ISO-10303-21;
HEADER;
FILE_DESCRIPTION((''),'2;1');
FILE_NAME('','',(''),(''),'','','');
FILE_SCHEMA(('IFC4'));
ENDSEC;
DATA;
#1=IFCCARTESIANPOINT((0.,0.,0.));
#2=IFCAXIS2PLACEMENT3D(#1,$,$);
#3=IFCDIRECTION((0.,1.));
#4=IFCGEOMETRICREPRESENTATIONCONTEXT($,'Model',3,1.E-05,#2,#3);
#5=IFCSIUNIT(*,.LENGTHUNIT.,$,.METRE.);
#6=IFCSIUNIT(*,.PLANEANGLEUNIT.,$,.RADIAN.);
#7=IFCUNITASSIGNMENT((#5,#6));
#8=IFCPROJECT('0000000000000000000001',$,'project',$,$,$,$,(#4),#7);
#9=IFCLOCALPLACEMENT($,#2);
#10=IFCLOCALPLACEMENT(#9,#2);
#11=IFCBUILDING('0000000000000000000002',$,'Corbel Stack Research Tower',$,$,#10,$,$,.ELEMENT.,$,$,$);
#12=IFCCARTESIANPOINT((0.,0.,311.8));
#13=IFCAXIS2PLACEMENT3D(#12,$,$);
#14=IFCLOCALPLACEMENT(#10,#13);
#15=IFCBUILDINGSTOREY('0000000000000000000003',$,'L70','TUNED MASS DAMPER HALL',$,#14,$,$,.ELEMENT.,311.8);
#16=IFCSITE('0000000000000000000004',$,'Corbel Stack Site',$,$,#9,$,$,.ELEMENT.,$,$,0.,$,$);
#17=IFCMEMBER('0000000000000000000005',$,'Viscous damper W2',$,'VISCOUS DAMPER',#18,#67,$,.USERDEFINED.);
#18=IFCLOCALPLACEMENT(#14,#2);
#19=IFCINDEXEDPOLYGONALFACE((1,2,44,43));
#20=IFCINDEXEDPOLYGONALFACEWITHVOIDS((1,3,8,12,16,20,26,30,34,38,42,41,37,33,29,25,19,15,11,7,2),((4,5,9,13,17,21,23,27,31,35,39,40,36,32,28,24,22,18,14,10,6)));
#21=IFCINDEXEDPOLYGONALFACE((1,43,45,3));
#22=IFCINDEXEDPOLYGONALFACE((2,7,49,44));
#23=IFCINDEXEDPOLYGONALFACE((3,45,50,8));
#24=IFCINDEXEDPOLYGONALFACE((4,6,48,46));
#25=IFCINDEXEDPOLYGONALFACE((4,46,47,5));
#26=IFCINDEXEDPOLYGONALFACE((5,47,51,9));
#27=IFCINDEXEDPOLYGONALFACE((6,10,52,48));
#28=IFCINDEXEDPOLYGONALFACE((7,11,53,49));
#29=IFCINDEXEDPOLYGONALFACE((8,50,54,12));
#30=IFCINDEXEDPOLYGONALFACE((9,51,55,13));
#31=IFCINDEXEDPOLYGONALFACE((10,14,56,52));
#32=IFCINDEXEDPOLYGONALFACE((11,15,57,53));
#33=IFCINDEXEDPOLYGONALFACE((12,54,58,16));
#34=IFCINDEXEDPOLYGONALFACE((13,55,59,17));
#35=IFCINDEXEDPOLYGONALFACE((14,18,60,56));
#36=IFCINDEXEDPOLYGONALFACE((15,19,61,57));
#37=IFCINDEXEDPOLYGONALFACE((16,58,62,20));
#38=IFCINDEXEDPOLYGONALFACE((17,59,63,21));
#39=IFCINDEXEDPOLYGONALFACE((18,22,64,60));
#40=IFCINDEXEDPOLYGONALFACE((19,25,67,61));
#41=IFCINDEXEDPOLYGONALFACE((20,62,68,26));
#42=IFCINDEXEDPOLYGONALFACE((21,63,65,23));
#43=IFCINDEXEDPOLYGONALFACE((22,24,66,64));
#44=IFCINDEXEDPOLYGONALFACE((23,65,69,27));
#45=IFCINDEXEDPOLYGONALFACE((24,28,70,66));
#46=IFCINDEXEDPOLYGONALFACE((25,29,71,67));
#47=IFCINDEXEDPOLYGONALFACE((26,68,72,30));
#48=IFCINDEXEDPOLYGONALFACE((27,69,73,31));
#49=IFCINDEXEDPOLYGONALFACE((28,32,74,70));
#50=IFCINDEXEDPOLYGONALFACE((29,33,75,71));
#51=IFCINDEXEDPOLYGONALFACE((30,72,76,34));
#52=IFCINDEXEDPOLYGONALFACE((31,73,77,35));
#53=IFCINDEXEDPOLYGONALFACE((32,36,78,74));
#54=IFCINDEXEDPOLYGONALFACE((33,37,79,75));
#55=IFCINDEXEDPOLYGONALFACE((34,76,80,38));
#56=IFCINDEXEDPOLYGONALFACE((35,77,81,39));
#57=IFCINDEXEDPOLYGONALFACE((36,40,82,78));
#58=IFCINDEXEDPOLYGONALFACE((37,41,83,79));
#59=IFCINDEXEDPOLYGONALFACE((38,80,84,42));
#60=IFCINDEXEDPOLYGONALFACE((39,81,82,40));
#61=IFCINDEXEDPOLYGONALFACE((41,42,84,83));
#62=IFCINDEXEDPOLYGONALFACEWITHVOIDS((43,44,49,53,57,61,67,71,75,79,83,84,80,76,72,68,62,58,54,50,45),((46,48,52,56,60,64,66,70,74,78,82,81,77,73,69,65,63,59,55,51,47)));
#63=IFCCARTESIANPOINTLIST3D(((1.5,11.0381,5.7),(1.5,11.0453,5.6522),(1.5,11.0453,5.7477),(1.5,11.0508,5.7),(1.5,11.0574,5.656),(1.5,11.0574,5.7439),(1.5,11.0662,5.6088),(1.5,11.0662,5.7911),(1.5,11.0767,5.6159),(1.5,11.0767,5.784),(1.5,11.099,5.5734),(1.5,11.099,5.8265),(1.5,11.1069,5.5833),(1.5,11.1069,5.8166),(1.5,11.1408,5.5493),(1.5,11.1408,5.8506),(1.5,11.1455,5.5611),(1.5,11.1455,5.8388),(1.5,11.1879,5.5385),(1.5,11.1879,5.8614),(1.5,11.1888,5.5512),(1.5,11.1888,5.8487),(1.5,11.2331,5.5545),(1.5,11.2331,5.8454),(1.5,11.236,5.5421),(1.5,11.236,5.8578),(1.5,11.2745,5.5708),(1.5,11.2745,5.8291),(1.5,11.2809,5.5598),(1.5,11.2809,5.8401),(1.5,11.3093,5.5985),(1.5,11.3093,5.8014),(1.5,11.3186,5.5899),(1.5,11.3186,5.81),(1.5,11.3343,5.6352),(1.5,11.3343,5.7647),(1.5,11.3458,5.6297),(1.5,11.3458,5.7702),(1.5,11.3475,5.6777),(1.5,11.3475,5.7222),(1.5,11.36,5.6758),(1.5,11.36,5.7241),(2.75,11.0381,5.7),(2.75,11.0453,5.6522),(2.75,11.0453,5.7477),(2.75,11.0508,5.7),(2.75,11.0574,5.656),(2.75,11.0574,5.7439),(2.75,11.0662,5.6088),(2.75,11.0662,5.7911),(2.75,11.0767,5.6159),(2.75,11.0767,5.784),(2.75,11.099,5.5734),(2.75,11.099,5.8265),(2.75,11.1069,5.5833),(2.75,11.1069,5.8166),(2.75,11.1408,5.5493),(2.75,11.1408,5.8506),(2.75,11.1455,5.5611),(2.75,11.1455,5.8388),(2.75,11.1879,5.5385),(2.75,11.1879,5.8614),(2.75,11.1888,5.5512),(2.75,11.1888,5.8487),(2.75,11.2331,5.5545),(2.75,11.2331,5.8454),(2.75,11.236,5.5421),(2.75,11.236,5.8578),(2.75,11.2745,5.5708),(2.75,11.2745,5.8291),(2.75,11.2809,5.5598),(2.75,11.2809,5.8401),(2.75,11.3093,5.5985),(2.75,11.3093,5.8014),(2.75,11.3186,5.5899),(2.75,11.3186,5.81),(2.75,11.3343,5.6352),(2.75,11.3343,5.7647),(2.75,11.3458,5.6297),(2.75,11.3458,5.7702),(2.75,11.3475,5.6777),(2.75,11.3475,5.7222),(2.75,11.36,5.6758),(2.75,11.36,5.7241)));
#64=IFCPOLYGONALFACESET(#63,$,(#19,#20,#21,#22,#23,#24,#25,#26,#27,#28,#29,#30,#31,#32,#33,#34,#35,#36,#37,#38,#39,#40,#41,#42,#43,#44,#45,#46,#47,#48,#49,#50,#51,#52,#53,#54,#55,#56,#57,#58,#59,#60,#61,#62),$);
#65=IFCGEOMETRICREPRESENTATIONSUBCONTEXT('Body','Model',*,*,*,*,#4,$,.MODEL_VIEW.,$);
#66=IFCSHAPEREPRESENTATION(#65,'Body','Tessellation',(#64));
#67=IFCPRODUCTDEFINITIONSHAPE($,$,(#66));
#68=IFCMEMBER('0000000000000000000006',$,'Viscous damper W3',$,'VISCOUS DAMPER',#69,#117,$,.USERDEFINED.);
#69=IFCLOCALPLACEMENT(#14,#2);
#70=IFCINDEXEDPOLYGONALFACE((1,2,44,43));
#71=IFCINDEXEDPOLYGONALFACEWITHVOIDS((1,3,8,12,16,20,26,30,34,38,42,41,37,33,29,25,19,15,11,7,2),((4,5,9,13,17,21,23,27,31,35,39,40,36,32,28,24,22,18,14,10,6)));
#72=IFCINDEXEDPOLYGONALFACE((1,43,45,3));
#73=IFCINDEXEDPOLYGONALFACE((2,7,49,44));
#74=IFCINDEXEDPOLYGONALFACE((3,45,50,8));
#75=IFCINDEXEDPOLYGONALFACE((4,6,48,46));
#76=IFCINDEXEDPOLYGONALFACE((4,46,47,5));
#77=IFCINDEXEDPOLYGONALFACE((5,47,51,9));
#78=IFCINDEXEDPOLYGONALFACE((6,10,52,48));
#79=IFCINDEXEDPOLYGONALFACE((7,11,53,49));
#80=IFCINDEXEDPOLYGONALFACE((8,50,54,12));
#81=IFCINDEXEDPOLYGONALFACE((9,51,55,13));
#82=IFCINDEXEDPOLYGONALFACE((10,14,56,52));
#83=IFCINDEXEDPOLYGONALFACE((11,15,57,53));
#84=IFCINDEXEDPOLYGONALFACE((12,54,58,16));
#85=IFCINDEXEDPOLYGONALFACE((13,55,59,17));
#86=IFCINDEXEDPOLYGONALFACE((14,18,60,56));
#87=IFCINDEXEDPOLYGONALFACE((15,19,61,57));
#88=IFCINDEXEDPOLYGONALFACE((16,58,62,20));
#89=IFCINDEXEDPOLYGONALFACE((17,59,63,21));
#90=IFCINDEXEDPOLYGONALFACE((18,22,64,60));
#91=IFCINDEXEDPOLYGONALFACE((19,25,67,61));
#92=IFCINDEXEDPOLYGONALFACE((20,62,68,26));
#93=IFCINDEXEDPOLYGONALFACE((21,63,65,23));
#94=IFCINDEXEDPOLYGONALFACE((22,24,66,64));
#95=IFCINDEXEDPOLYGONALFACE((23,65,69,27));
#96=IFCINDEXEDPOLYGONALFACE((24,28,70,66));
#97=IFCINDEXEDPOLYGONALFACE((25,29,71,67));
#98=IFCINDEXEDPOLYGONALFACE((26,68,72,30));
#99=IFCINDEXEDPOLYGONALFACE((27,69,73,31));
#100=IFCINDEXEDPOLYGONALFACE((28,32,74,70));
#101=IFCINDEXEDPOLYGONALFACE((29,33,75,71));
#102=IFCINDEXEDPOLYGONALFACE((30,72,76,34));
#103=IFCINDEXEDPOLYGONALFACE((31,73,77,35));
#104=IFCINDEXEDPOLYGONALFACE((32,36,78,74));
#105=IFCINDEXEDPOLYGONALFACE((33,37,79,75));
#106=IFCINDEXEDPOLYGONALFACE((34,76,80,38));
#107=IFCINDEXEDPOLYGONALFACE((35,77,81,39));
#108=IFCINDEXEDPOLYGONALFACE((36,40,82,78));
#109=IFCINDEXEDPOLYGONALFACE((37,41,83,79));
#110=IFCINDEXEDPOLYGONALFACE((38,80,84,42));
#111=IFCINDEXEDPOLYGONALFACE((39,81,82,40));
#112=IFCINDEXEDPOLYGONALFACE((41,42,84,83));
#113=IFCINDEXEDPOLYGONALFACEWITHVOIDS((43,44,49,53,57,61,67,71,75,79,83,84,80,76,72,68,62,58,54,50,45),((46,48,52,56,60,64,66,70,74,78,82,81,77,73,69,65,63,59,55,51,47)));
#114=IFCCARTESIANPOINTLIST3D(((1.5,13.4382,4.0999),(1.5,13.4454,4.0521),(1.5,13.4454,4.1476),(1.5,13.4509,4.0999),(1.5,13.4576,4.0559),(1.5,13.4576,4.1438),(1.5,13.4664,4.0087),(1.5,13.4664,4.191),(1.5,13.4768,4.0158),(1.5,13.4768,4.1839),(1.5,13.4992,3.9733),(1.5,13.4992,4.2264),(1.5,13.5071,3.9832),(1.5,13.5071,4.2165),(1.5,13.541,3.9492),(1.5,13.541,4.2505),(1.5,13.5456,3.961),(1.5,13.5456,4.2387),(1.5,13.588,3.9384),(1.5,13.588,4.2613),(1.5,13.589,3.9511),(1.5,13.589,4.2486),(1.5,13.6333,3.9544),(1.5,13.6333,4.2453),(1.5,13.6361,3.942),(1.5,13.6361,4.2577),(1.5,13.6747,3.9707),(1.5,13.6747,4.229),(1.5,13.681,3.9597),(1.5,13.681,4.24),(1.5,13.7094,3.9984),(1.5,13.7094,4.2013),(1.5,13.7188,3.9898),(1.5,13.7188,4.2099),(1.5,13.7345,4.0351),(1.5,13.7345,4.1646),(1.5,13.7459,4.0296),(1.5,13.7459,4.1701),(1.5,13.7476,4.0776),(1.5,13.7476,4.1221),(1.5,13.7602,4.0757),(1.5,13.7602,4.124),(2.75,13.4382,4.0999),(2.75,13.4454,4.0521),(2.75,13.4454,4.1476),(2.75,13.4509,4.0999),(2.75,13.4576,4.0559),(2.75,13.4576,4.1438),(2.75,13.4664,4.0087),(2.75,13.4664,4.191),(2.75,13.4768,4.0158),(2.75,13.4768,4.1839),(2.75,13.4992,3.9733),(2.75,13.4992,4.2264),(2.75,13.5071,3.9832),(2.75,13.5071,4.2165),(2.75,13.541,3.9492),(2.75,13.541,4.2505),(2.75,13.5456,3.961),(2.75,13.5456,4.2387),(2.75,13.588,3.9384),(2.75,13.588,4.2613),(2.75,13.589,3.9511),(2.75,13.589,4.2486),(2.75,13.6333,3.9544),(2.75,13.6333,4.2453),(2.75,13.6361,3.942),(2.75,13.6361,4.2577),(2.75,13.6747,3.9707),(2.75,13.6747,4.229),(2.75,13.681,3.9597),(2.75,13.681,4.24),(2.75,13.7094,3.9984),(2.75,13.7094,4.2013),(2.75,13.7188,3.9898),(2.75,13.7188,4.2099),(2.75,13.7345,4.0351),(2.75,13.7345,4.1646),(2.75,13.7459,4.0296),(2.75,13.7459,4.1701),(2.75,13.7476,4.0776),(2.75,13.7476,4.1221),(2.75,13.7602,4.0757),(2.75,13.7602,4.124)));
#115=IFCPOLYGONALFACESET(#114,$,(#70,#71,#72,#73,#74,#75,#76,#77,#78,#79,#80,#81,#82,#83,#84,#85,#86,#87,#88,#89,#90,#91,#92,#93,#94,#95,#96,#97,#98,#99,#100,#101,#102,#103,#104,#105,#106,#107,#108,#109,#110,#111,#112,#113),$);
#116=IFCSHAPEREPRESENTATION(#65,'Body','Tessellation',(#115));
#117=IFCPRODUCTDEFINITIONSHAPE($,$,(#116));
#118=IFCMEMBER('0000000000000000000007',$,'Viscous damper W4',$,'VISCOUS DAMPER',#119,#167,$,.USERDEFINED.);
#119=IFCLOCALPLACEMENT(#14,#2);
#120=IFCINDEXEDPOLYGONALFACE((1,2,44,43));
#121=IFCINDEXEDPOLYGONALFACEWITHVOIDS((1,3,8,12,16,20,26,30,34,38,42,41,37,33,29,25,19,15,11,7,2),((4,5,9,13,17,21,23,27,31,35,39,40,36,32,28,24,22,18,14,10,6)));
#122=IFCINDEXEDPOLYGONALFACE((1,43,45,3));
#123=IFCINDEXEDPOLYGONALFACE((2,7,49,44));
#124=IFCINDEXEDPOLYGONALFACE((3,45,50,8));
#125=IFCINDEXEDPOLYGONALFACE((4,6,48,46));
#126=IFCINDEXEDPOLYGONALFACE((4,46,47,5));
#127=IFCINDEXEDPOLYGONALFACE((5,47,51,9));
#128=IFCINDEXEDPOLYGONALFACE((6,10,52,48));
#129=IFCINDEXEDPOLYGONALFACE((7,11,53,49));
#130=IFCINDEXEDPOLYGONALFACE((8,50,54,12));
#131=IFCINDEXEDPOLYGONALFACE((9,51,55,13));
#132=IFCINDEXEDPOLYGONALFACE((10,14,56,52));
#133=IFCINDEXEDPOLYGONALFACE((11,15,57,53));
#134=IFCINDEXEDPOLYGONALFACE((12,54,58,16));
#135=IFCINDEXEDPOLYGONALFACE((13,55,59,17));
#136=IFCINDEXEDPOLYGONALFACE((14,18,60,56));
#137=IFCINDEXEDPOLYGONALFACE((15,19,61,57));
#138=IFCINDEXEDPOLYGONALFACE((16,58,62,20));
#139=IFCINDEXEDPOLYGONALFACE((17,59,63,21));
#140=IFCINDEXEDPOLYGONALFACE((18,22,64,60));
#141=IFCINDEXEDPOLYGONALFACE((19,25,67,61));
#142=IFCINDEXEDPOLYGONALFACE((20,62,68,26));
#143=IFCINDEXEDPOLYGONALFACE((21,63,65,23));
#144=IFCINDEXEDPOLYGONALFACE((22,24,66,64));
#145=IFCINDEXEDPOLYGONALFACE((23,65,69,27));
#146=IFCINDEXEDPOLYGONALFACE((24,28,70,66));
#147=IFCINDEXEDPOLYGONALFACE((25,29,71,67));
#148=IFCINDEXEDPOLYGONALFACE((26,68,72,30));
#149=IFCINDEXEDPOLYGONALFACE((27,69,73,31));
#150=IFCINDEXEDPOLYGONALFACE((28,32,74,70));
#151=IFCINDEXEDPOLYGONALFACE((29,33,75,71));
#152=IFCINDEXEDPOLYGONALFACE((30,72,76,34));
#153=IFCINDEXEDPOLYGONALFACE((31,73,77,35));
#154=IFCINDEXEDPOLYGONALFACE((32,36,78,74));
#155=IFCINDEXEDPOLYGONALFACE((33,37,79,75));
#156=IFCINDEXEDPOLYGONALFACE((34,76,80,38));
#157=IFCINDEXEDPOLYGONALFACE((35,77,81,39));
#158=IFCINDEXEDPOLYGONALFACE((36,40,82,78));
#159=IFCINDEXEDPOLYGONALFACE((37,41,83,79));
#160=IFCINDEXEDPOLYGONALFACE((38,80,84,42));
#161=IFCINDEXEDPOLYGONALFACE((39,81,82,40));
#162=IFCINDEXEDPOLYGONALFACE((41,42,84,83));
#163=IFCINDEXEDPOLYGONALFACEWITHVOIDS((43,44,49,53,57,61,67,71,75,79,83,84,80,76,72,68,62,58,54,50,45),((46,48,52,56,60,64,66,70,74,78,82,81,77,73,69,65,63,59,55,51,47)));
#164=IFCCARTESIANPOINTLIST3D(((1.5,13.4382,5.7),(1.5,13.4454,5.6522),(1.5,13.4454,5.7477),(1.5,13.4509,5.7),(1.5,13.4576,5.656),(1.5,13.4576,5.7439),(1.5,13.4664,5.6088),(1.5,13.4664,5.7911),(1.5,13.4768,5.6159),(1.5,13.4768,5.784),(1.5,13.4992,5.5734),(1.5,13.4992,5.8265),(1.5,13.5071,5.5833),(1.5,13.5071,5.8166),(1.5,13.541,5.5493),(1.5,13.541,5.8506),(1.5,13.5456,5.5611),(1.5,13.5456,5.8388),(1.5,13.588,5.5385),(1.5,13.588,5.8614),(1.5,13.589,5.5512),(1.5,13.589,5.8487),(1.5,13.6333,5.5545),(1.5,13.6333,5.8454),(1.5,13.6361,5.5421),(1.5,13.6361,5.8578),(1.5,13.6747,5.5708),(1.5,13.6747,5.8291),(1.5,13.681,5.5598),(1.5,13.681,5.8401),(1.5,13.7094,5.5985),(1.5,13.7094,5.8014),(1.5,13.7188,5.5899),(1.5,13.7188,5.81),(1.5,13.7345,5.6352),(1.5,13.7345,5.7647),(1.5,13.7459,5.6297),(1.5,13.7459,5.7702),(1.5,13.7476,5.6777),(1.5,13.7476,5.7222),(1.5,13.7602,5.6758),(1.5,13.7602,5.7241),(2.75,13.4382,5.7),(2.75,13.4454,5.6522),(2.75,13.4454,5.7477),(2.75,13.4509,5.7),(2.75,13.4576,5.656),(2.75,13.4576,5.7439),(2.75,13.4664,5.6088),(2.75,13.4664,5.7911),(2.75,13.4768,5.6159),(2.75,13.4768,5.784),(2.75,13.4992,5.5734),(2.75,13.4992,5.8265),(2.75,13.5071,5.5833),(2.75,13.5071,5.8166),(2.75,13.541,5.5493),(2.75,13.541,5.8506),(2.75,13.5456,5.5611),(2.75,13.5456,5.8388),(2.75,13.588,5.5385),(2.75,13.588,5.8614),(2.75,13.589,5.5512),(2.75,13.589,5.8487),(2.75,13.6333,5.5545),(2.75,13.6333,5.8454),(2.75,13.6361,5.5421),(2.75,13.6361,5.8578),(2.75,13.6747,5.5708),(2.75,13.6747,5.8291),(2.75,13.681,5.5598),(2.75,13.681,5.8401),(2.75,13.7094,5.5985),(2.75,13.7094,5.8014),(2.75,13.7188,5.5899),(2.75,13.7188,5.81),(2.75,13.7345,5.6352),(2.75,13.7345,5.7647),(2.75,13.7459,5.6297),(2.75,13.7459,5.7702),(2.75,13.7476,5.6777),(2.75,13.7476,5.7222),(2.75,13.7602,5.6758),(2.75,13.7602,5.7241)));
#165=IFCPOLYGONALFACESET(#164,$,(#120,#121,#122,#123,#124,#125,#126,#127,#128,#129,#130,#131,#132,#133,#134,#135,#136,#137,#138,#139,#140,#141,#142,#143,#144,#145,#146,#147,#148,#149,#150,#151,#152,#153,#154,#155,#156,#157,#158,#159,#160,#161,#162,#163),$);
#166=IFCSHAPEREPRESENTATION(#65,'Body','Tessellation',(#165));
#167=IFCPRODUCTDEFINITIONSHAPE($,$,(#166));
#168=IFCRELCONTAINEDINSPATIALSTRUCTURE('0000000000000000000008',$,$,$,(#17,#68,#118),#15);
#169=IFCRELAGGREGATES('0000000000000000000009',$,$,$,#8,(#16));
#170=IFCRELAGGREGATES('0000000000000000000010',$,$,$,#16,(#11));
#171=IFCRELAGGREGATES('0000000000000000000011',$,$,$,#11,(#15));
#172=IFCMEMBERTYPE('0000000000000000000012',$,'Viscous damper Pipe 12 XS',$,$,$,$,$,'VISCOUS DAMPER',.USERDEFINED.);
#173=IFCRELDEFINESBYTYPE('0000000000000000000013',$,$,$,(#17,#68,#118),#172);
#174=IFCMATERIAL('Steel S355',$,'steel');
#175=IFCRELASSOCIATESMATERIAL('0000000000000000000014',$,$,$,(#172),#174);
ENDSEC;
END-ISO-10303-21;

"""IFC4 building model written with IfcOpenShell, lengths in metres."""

from ifc_helpers import new_model, si_unit, direction, frame, origin, origin_2d, place, context, subcontext, project, spatial, hollow_circle, extrude, material, material_profile, profile_set, type_object, element, save


model = new_model("IFC4")

# Units and contexts
model_context = context("Model", 3, precision=1e-05, world=origin(), true_north=direction((0.0, 1.0)))
body_context = subcontext(model_context, "Body", "Model", "MODEL_VIEW")
ifc_project = project(units=[si_unit("LENGTHUNIT", "METRE"), si_unit("PLANEANGLEUNIT", "RADIAN")], contexts=[model_context])

# Site, building, storey
site_placement = place(None, origin())
site = spatial("IfcSite", under=ifc_project, at=site_placement, Name="Corbel Stack Site", CompositionType="ELEMENT", RefElevation=0.0)
building_placement = place(site_placement, origin())
building = spatial("IfcBuilding", under=site, at=building_placement, Name="Corbel Stack Research Tower", CompositionType="ELEMENT")
storey_placement = place(building_placement, frame((0.0, 0.0, 311.8)))
storey = spatial("IfcBuildingStorey", under=building, at=storey_placement, Name="L70", Description="TUNED MASS DAMPER HALL", CompositionType="ELEMENT", Elevation=311.8)

# Members
ifc_material_1 = material(Name="Steel S355", Category="steel")
ifc_material_profile_1 = material_profile(ifc_material_1, hollow_circle(Radius=0.1619, WallThickness=0.0127, at=origin_2d()), Name="Pipe 12 XS")
ifc_profile_set_1 = profile_set([ifc_material_profile_1], Name="Steel S355")
member_type_1 = type_object("IfcMemberType", Name="Viscous damper Pipe 12 XS", ElementType="VISCOUS DAMPER", PredefinedType="USERDEFINED", material=ifc_profile_set_1)
for number, where, z_axis, x_axis, name in (
    (1, (2.75, 11.2, 5.7), (-1.0, 0.0, 0.0), (0.0, -1.0, 0.0), "Viscous damper W2"),
    (2, (2.75, 13.6001, 4.0999), (-1.0, 0.0, 0.0), (0.0, -1.0, 0.0), "Viscous damper W3"),
    (3, (2.75, 13.6001, 5.7), (-1.0, 0.0, 0.0), (0.0, -1.0, 0.0), "Viscous damper W4"),
):
    element("IfcMember", number, at=place(storey_placement, frame(where, z_axis=z_axis, x_axis=x_axis)), inside=storey, type_object=member_type_1, Name=name, ObjectType="VISCOUS DAMPER", PredefinedType="USERDEFINED", context=body_context, shape_type="SweptSolid", body=[
        extrude(hollow_circle(Radius=0.1619, WallThickness=0.0127, at=origin_2d()), origin(), (0.0, 0.0, 1.0), 1.25),
    ])

save(model, "model.ifc")
